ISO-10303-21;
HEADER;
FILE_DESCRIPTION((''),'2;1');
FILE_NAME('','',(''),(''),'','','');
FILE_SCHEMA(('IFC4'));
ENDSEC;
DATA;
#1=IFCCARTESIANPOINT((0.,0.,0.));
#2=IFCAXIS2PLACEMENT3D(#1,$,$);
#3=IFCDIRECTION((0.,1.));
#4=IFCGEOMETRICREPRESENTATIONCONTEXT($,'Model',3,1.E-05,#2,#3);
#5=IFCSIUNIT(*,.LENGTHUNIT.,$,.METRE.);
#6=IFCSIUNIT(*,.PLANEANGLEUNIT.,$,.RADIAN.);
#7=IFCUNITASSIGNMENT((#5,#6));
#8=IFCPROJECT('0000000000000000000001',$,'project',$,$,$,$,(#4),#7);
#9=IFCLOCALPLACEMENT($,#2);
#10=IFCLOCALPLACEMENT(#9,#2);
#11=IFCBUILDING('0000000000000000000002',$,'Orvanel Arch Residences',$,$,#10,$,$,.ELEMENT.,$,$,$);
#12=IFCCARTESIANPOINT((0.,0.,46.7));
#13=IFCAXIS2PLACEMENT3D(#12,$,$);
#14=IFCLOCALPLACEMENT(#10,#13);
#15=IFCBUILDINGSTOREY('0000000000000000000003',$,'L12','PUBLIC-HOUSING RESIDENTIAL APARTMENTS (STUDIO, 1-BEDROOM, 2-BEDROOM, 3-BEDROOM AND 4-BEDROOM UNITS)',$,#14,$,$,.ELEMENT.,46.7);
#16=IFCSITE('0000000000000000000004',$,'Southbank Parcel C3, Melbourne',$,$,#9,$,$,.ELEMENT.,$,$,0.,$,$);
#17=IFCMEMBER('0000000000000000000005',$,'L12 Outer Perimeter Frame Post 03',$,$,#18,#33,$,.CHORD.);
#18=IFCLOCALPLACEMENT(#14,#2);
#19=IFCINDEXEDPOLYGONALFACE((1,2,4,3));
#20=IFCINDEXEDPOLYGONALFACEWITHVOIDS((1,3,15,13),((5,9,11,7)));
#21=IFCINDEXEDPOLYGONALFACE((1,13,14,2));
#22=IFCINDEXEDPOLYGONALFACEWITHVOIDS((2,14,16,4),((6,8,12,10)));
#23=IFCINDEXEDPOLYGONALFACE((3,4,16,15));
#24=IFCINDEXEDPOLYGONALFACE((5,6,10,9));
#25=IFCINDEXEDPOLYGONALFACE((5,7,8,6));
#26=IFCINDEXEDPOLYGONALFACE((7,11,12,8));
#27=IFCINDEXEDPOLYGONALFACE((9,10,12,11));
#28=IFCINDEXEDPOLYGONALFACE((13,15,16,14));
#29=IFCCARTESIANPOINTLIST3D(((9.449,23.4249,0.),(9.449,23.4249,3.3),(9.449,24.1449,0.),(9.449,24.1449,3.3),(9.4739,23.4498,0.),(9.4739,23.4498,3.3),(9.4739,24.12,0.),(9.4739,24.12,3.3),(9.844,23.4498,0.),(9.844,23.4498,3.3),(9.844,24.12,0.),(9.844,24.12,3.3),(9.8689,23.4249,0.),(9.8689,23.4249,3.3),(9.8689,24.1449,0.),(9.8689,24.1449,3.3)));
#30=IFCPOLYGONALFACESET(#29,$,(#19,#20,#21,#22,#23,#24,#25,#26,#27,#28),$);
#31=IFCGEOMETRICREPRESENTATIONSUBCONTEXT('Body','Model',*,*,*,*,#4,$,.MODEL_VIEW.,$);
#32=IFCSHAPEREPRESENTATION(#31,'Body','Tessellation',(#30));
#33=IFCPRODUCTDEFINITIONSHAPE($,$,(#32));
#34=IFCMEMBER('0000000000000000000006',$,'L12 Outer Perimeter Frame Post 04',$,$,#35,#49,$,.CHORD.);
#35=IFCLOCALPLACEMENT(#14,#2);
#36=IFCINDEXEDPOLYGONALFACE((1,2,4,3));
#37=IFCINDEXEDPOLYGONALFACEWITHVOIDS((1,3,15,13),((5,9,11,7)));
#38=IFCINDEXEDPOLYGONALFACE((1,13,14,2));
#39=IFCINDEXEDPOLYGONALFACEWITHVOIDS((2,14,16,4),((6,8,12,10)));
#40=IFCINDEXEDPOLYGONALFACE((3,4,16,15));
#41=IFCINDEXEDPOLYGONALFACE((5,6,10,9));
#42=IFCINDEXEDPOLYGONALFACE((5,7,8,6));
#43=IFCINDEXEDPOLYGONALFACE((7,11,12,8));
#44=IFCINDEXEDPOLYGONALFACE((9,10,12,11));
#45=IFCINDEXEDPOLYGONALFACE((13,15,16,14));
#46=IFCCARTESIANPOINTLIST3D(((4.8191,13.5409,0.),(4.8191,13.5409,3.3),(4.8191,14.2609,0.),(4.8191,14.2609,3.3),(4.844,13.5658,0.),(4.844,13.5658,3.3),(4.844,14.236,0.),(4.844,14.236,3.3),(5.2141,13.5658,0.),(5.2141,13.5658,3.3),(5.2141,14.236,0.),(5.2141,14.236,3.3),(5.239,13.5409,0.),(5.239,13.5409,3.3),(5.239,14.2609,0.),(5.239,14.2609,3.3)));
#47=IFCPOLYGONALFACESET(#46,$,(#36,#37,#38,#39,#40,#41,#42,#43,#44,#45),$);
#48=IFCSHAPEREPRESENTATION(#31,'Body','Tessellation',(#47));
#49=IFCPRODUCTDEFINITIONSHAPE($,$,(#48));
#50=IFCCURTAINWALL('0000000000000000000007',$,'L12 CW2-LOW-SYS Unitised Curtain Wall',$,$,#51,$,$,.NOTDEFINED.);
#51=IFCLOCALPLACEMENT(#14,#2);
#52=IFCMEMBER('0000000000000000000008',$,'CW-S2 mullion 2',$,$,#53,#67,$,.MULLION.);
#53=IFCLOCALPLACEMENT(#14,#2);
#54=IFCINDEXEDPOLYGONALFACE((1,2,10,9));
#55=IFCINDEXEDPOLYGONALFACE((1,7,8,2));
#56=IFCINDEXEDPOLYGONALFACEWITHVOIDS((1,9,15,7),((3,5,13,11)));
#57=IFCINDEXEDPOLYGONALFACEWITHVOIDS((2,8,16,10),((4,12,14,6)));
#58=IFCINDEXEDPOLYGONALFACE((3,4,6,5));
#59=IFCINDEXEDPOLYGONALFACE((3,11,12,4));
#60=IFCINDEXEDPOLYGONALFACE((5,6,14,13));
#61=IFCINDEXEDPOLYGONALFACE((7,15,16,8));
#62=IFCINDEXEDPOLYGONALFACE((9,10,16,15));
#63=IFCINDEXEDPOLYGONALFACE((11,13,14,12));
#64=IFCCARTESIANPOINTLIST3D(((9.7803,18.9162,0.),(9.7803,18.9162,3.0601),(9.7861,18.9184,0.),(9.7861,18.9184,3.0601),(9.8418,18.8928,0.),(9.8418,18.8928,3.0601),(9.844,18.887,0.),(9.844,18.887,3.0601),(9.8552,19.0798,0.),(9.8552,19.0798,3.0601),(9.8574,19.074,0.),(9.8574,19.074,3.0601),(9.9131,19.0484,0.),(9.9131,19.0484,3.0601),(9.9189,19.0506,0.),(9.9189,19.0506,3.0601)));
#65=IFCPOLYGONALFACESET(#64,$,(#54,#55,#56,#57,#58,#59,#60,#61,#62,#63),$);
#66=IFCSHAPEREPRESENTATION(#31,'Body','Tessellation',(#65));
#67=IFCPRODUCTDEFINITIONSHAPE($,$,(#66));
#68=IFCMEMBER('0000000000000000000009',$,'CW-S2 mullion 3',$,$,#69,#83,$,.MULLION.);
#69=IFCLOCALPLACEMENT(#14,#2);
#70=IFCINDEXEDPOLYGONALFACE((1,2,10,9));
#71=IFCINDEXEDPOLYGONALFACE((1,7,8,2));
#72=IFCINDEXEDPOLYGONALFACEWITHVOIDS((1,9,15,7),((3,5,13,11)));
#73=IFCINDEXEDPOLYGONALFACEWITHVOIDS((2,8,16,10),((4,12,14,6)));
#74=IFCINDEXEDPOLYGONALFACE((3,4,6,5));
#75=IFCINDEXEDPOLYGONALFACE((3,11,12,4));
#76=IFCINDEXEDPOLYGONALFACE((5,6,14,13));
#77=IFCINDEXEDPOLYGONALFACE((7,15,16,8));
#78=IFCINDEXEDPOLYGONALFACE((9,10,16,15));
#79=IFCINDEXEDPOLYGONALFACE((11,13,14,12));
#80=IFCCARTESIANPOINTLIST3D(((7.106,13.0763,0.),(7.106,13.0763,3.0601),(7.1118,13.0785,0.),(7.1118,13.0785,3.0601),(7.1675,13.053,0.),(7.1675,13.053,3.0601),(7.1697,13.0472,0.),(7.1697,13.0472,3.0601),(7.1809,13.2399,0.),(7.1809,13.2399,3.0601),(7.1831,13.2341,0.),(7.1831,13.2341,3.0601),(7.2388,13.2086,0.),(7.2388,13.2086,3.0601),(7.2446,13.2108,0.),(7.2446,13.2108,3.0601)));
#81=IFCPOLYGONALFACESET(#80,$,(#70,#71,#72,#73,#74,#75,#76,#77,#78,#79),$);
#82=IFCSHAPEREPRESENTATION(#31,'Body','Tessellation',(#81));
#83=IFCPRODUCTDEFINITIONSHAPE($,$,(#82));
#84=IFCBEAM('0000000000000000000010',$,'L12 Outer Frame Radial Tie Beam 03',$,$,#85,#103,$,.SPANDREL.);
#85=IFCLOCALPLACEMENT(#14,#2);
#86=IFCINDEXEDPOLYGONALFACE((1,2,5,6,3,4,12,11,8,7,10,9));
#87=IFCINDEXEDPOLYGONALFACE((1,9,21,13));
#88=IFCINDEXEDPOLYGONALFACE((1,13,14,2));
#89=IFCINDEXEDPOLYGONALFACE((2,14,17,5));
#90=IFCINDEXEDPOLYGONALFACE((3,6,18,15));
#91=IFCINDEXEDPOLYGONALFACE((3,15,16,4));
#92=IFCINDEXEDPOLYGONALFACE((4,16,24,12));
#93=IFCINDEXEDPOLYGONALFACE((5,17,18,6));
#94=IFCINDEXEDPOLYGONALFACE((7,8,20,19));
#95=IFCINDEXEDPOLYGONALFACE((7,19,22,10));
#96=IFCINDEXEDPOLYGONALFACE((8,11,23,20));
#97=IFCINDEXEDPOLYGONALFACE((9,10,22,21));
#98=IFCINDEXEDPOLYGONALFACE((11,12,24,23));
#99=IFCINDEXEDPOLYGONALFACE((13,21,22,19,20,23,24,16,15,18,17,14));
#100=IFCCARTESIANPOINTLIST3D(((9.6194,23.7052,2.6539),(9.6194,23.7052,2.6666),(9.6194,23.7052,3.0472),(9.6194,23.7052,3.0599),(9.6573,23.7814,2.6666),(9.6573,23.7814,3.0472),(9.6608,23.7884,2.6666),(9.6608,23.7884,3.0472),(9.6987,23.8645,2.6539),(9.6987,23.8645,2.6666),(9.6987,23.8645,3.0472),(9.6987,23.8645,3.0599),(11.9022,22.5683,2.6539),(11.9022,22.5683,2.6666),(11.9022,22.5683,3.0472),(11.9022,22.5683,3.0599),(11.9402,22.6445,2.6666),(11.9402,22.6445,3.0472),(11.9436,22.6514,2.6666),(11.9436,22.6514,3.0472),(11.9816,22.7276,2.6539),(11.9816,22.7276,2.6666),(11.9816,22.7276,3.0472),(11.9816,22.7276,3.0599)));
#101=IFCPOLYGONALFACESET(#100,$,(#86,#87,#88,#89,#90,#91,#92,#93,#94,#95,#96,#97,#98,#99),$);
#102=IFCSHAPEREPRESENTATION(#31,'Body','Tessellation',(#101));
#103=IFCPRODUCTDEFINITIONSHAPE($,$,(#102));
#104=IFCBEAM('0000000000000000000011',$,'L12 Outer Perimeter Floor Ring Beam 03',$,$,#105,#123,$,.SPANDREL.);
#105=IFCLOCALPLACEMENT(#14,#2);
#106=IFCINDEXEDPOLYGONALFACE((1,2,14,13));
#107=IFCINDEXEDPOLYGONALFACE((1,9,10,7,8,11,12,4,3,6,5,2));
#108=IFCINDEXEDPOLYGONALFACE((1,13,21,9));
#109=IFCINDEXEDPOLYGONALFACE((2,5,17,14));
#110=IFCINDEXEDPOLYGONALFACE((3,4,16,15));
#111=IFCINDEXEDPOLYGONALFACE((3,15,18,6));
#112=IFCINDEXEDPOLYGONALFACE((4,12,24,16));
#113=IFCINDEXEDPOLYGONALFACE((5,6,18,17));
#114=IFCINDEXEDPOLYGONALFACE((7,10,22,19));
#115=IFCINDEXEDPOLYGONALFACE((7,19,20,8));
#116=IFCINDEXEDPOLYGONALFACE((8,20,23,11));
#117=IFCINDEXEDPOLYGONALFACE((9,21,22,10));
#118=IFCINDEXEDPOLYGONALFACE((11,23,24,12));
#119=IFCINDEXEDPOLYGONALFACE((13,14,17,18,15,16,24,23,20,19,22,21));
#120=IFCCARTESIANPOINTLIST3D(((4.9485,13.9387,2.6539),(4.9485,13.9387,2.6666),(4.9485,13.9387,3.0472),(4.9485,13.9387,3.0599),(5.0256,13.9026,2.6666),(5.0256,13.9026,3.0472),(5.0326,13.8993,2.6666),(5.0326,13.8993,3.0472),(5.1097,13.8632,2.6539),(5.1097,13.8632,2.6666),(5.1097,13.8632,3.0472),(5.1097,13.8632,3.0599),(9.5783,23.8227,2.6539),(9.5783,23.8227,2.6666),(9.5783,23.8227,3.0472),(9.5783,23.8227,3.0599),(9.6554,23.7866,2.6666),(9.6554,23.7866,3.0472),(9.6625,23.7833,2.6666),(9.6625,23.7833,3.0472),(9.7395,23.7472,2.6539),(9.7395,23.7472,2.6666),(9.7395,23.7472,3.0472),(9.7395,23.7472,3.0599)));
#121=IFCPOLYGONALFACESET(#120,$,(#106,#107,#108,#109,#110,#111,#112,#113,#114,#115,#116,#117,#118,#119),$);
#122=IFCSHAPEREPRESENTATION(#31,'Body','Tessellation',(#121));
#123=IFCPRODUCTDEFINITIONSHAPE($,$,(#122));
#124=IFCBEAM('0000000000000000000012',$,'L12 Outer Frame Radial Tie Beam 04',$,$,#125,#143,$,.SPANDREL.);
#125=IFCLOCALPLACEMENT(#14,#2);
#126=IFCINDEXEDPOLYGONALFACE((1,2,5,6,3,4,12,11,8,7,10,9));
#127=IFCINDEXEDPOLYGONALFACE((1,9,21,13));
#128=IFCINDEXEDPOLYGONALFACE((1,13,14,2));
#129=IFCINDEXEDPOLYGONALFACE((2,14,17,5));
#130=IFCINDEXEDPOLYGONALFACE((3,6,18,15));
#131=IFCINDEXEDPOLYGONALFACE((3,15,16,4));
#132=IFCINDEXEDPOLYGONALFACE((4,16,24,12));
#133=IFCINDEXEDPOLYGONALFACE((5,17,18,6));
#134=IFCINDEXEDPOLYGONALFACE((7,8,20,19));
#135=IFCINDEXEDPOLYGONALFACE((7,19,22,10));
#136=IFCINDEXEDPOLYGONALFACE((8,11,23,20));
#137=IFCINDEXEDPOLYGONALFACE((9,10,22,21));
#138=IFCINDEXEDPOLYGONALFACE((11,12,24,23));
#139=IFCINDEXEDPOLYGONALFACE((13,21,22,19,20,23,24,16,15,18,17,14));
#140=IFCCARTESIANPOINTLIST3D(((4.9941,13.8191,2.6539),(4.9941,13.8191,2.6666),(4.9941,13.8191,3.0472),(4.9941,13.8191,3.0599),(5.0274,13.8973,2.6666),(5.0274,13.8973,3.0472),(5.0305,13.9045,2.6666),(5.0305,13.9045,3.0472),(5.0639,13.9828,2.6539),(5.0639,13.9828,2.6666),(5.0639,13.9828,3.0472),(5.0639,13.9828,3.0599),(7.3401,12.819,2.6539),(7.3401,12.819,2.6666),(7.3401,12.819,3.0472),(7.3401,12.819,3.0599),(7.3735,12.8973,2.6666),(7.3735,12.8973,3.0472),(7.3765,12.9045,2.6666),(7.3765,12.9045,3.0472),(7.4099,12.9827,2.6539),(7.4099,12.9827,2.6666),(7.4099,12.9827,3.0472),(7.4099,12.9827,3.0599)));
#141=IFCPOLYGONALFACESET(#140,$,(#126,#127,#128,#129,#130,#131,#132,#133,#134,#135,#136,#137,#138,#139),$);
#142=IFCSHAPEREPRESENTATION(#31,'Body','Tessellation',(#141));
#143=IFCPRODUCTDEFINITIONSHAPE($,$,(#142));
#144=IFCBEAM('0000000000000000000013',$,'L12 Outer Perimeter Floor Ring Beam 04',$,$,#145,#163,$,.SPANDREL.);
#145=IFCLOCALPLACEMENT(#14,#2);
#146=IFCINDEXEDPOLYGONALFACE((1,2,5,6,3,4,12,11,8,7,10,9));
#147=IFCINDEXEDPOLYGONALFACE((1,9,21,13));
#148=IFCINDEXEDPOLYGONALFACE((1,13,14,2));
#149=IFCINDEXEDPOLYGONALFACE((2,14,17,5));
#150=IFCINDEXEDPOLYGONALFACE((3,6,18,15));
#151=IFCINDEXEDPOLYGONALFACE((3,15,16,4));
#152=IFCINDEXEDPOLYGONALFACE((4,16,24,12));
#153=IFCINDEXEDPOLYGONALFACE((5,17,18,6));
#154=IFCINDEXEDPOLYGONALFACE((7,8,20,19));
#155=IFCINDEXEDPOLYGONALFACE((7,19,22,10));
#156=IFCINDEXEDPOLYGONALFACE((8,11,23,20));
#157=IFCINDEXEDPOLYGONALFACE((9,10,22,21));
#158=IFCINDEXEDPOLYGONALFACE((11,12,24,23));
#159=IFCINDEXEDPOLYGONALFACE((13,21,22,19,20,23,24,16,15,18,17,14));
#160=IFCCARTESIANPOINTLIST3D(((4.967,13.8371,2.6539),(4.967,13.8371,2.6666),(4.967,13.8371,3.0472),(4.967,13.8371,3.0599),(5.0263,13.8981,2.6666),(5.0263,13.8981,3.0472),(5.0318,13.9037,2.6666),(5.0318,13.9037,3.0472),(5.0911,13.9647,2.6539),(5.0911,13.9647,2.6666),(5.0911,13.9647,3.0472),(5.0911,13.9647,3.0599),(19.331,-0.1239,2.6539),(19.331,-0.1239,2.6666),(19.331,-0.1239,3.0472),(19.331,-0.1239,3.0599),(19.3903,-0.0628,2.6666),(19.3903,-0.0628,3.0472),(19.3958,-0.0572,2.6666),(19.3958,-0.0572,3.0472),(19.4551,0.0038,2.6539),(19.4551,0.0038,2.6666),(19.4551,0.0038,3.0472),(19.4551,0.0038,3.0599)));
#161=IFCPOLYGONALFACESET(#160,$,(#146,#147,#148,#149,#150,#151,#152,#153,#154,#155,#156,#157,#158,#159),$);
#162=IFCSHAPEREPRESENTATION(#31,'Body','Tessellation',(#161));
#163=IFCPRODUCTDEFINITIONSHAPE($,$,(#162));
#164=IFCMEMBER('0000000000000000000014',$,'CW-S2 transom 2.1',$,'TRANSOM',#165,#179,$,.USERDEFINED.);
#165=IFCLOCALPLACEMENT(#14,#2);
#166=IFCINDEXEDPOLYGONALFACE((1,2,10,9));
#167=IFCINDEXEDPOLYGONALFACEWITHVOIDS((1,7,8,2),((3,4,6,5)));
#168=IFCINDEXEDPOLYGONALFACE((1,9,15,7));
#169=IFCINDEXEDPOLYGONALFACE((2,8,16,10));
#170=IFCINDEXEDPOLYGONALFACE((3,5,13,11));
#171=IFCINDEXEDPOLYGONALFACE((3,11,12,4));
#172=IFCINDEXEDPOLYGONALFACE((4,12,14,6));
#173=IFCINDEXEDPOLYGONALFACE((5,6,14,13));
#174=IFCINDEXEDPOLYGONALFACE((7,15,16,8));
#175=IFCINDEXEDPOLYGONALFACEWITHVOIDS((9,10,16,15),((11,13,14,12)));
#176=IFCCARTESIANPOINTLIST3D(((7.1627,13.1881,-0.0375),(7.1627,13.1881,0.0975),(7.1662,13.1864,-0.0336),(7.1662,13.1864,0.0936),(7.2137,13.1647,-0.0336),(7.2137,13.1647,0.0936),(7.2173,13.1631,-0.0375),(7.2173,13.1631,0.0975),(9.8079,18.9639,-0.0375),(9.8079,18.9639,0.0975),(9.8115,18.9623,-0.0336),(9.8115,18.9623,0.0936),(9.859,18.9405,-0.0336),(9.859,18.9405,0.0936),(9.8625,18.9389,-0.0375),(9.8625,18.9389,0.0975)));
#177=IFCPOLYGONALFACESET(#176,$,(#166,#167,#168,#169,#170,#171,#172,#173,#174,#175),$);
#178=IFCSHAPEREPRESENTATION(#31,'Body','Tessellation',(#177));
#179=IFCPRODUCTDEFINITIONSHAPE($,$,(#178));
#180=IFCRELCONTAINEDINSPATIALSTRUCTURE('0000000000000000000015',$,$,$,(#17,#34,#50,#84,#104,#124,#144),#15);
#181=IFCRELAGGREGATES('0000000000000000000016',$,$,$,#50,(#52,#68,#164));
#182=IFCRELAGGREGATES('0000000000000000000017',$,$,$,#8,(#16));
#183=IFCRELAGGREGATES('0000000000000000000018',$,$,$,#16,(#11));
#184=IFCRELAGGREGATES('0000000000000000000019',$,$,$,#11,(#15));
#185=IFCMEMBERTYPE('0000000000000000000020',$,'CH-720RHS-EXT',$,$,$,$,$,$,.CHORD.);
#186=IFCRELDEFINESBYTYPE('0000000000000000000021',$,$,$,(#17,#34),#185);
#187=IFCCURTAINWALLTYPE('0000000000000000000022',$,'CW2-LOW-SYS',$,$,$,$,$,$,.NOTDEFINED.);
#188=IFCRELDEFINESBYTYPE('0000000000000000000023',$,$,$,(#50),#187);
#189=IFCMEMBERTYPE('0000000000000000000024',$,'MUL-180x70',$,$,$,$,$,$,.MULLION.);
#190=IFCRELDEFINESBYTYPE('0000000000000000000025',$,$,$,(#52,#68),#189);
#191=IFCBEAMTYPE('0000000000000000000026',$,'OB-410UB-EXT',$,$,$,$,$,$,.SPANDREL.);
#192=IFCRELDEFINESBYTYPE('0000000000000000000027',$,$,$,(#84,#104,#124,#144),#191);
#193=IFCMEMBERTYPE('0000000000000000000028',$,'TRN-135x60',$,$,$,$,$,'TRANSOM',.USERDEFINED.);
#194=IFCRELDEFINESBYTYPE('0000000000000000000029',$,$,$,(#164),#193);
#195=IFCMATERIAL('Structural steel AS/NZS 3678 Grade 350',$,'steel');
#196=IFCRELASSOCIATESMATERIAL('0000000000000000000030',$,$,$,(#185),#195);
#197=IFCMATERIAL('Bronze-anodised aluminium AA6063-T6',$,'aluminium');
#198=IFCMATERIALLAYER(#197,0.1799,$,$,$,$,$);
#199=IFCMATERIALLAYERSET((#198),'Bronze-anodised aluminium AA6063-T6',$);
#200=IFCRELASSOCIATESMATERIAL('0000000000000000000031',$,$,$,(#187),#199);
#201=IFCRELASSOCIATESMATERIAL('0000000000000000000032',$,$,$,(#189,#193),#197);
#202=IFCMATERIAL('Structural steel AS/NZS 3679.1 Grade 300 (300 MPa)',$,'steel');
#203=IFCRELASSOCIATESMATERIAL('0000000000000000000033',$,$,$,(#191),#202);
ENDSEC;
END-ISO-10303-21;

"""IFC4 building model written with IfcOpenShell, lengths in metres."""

from ifc_helpers import new_model, si_unit, direction, frame, origin, origin_2d, place, context, subcontext, project, spatial, hollow_rectangle, i_section, extrude, material, layer, layer_set, material_profile, profile_set, type_object, element, aggregate, save


model = new_model("IFC4")

# Units and contexts
model_context = context("Model", 3, precision=1e-05, world=origin(), true_north=direction((0.0, 1.0)))
body_context = subcontext(model_context, "Body", "Model", "MODEL_VIEW")
ifc_project = project(units=[si_unit("LENGTHUNIT", "METRE"), si_unit("PLANEANGLEUNIT", "RADIAN")], contexts=[model_context])

# Site, building, storey
site_placement = place(None, origin())
site = spatial("IfcSite", under=ifc_project, at=site_placement, Name="Southbank Parcel C3, Melbourne", CompositionType="ELEMENT", RefElevation=0.0)
building_placement = place(site_placement, origin())
building = spatial("IfcBuilding", under=site, at=building_placement, Name="Orvanel Arch Residences", CompositionType="ELEMENT")
storey_placement = place(building_placement, frame((0.0, 0.0, 46.7)))
storey = spatial("IfcBuildingStorey", under=building, at=storey_placement, Name="L12", Description="PUBLIC-HOUSING RESIDENTIAL APARTMENTS (STUDIO, 1-BEDROOM, 2-BEDROOM, 3-BEDROOM AND 4-BEDROOM UNITS)", CompositionType="ELEMENT", Elevation=46.7)

# Members
ifc_material_1 = material(Name="Structural steel AS/NZS 3678 Grade 350", Category="steel")
ifc_material_profile_1 = material_profile(ifc_material_1, hollow_rectangle(XDim=0.4199, YDim=0.72, WallThickness=0.0249, at=origin_2d()), Name="RHS720x420x25")
ifc_profile_set_1 = profile_set([ifc_material_profile_1], Name="Structural steel AS/NZS 3678 Grade 350")
member_type_1 = type_object("IfcMemberType", Name="CH-720RHS-EXT", PredefinedType="CHORD", material=ifc_profile_set_1)
for number, where, z_axis, x_axis, name in (
    (1, (9.6589, 23.7849, 0.0), (0.0, 0.0, 1.0), (1.0, 0.0, 0.0), "L12 Outer Perimeter Frame Post 03"),
    (2, (5.0291, 13.9009, 0.0), (0.0, 0.0, 1.0), (1.0, 0.0, 0.0), "L12 Outer Perimeter Frame Post 04"),
):
    element("IfcMember", number, at=place(storey_placement, frame(where, z_axis=z_axis, x_axis=x_axis)), inside=storey, type_object=member_type_1, Name=name, PredefinedType="CHORD", context=body_context, shape_type="SweptSolid", body=[
        extrude(hollow_rectangle(XDim=0.4199, YDim=0.72, WallThickness=0.0249, at=origin_2d()), origin(), (0.0, 0.0, 1.0), 3.3),
    ])

# Curtain wall, members
ifc_material_2 = material(Name="Bronze-anodised aluminium AA6063-T6", Category="aluminium")
ifc_layer_1 = layer(ifc_material_2, 0.1799)
ifc_layer_set_1 = layer_set([ifc_layer_1], Name="Bronze-anodised aluminium AA6063-T6")
curtain_wall_type = type_object("IfcCurtainWallType", Name="CW2-LOW-SYS", PredefinedType="NOTDEFINED", material=ifc_layer_set_1)
curtain_wall_placement = place(storey_placement, origin())
curtain_wall = element("IfcCurtainWall", 3, at=curtain_wall_placement, inside=storey, type_object=curtain_wall_type, Name="L12 CW2-LOW-SYS Unitised Curtain Wall", PredefinedType="NOTDEFINED")
ifc_material_profile_2 = material_profile(ifc_material_2, hollow_rectangle(XDim=0.0701, YDim=0.1799, WallThickness=0.0044, at=origin_2d()), Name="ALU180x70x4.5")
ifc_profile_set_2 = profile_set([ifc_material_profile_2], Name="Bronze-anodised aluminium AA6063-T6")
member_type_2 = type_object("IfcMemberType", Name="MUL-180x70", PredefinedType="MULLION", material=ifc_profile_set_2)
member_1_placement = place(storey_placement, frame((9.8496, 18.9834, 0.0), z_axis=(0.0, 0.0, 1.0), x_axis=(0.909193, -0.416374, 0.0)))
member_1 = element("IfcMember", 4, at=member_1_placement, type_object=member_type_2, Name="CW-S2 mullion 2", PredefinedType="MULLION", context=body_context, shape_type="SweptSolid", body=[
    extrude(hollow_rectangle(XDim=0.0701, YDim=0.1799, WallThickness=0.0044, at=origin_2d()), origin(), (0.0, 0.0, 1.0), 3.0601),
])
member_2_placement = place(storey_placement, frame((7.1753, 13.1436, 0.0), z_axis=(0.0, 0.0, 1.0), x_axis=(0.909193, -0.416374, 0.0)))
member_2 = element("IfcMember", 5, at=member_2_placement, type_object=member_type_2, Name="CW-S2 mullion 3", PredefinedType="MULLION", context=body_context, shape_type="SweptSolid", body=[
    extrude(hollow_rectangle(XDim=0.0701, YDim=0.1799, WallThickness=0.0044, at=origin_2d()), origin(), (0.0, 0.0, 1.0), 3.0601),
])

# Beams
ifc_material_3 = material(Name="Structural steel AS/NZS 3679.1 Grade 300 (300 MPa)", Category="steel")
ifc_material_profile_3 = material_profile(ifc_material_3, i_section(OverallWidth=0.178, OverallDepth=0.406, WebThickness=0.0078, FlangeThickness=0.0127, at=origin_2d()), Name="410UB59.7")
ifc_profile_set_3 = profile_set([ifc_material_profile_3], Name="Structural steel AS/NZS 3679.1 Grade 300 (300 MPa)")
beam_type = type_object("IfcBeamType", Name="OB-410UB-EXT", PredefinedType="SPANDREL", material=ifc_profile_set_3)
beam_1_placement = place(storey_placement, frame((11.9419, 22.6479, 2.8569), z_axis=(-0.895134, 0.445796, 0.0), x_axis=(-0.445796, -0.895134, 0.0)))
element("IfcBeam", 6, at=beam_1_placement, inside=storey, type_object=beam_type, Name="L12 Outer Frame Radial Tie Beam 03", PredefinedType="SPANDREL", context=body_context, shape_type="SweptSolid", body=[
    extrude(i_section(OverallWidth=0.178, OverallDepth=0.406, WebThickness=0.0078, FlangeThickness=0.0127, at=origin_2d()), origin(), (0.0, 0.0, 1.0), 2.5503),
])
beam_2_placement = place(storey_placement, frame((9.6589, 23.7849, 2.8569), z_axis=(-0.424189, -0.905574, 0.0), x_axis=(0.905574, -0.424189, 0.0)))
element("IfcBeam", 7, at=beam_2_placement, inside=storey, type_object=beam_type, Name="L12 Outer Perimeter Floor Ring Beam 03", PredefinedType="SPANDREL", context=body_context, shape_type="SweptSolid", body=[
    extrude(i_section(OverallWidth=0.178, OverallDepth=0.406, WebThickness=0.0078, FlangeThickness=0.0127, at=origin_2d()), origin(), (0.0, 0.0, 1.0), 10.9146),
])
beam_3_placement = place(storey_placement, frame((7.375, 12.9009, 2.8569), z_axis=(-0.919911, 0.392128, 0.0), x_axis=(-0.392128, -0.919911, 0.0)))
element("IfcBeam", 8, at=beam_3_placement, inside=storey, type_object=beam_type, Name="L12 Outer Frame Radial Tie Beam 04", PredefinedType="SPANDREL", context=body_context, shape_type="SweptSolid", body=[
    extrude(i_section(OverallWidth=0.178, OverallDepth=0.406, WebThickness=0.0078, FlangeThickness=0.0127, at=origin_2d()), origin(), (0.0, 0.0, 1.0), 2.5503),
])
beam_4_placement = place(storey_placement, frame((5.0291, 13.9009, 2.8569), z_axis=(0.717097, -0.696974, 0.0), x_axis=(0.696974, 0.717097, 0.0)))
element("IfcBeam", 9, at=beam_4_placement, inside=storey, type_object=beam_type, Name="L12 Outer Perimeter Floor Ring Beam 04", PredefinedType="SPANDREL", context=body_context, shape_type="SweptSolid", body=[
    extrude(i_section(OverallWidth=0.178, OverallDepth=0.406, WebThickness=0.0078, FlangeThickness=0.0127, at=origin_2d()), origin(), (0.0, 0.0, 1.0), 20.0308),
])

# Member
ifc_material_profile_4 = material_profile(ifc_material_2, hollow_rectangle(XDim=0.0601, YDim=0.135, WallThickness=0.0039, at=origin_2d()), Name="ALU135x60x4")
ifc_profile_set_4 = profile_set([ifc_material_profile_4], Name="Bronze-anodised aluminium AA6063-T6")
member_type_3 = type_object("IfcMemberType", Name="TRN-135x60", ElementType="TRANSOM", PredefinedType="USERDEFINED", material=ifc_profile_set_4)
member_3_placement = place(storey_placement, frame((9.8352, 18.9514, 0.03), z_axis=(-0.416393, -0.909185, 0.0), x_axis=(0.909185, -0.416393, 0.0)))
member_3 = element("IfcMember", 10, at=member_3_placement, type_object=member_type_3, Name="CW-S2 transom 2.1", ObjectType="TRANSOM", PredefinedType="USERDEFINED", context=body_context, shape_type="SweptSolid", body=[
    extrude(hollow_rectangle(XDim=0.0601, YDim=0.135, WallThickness=0.0039, at=origin_2d()), origin(), (0.0, 0.0, 1.0), 6.3528),
])

aggregate(curtain_wall, [member_1, member_2, member_3])

save(model, "model.ifc")
